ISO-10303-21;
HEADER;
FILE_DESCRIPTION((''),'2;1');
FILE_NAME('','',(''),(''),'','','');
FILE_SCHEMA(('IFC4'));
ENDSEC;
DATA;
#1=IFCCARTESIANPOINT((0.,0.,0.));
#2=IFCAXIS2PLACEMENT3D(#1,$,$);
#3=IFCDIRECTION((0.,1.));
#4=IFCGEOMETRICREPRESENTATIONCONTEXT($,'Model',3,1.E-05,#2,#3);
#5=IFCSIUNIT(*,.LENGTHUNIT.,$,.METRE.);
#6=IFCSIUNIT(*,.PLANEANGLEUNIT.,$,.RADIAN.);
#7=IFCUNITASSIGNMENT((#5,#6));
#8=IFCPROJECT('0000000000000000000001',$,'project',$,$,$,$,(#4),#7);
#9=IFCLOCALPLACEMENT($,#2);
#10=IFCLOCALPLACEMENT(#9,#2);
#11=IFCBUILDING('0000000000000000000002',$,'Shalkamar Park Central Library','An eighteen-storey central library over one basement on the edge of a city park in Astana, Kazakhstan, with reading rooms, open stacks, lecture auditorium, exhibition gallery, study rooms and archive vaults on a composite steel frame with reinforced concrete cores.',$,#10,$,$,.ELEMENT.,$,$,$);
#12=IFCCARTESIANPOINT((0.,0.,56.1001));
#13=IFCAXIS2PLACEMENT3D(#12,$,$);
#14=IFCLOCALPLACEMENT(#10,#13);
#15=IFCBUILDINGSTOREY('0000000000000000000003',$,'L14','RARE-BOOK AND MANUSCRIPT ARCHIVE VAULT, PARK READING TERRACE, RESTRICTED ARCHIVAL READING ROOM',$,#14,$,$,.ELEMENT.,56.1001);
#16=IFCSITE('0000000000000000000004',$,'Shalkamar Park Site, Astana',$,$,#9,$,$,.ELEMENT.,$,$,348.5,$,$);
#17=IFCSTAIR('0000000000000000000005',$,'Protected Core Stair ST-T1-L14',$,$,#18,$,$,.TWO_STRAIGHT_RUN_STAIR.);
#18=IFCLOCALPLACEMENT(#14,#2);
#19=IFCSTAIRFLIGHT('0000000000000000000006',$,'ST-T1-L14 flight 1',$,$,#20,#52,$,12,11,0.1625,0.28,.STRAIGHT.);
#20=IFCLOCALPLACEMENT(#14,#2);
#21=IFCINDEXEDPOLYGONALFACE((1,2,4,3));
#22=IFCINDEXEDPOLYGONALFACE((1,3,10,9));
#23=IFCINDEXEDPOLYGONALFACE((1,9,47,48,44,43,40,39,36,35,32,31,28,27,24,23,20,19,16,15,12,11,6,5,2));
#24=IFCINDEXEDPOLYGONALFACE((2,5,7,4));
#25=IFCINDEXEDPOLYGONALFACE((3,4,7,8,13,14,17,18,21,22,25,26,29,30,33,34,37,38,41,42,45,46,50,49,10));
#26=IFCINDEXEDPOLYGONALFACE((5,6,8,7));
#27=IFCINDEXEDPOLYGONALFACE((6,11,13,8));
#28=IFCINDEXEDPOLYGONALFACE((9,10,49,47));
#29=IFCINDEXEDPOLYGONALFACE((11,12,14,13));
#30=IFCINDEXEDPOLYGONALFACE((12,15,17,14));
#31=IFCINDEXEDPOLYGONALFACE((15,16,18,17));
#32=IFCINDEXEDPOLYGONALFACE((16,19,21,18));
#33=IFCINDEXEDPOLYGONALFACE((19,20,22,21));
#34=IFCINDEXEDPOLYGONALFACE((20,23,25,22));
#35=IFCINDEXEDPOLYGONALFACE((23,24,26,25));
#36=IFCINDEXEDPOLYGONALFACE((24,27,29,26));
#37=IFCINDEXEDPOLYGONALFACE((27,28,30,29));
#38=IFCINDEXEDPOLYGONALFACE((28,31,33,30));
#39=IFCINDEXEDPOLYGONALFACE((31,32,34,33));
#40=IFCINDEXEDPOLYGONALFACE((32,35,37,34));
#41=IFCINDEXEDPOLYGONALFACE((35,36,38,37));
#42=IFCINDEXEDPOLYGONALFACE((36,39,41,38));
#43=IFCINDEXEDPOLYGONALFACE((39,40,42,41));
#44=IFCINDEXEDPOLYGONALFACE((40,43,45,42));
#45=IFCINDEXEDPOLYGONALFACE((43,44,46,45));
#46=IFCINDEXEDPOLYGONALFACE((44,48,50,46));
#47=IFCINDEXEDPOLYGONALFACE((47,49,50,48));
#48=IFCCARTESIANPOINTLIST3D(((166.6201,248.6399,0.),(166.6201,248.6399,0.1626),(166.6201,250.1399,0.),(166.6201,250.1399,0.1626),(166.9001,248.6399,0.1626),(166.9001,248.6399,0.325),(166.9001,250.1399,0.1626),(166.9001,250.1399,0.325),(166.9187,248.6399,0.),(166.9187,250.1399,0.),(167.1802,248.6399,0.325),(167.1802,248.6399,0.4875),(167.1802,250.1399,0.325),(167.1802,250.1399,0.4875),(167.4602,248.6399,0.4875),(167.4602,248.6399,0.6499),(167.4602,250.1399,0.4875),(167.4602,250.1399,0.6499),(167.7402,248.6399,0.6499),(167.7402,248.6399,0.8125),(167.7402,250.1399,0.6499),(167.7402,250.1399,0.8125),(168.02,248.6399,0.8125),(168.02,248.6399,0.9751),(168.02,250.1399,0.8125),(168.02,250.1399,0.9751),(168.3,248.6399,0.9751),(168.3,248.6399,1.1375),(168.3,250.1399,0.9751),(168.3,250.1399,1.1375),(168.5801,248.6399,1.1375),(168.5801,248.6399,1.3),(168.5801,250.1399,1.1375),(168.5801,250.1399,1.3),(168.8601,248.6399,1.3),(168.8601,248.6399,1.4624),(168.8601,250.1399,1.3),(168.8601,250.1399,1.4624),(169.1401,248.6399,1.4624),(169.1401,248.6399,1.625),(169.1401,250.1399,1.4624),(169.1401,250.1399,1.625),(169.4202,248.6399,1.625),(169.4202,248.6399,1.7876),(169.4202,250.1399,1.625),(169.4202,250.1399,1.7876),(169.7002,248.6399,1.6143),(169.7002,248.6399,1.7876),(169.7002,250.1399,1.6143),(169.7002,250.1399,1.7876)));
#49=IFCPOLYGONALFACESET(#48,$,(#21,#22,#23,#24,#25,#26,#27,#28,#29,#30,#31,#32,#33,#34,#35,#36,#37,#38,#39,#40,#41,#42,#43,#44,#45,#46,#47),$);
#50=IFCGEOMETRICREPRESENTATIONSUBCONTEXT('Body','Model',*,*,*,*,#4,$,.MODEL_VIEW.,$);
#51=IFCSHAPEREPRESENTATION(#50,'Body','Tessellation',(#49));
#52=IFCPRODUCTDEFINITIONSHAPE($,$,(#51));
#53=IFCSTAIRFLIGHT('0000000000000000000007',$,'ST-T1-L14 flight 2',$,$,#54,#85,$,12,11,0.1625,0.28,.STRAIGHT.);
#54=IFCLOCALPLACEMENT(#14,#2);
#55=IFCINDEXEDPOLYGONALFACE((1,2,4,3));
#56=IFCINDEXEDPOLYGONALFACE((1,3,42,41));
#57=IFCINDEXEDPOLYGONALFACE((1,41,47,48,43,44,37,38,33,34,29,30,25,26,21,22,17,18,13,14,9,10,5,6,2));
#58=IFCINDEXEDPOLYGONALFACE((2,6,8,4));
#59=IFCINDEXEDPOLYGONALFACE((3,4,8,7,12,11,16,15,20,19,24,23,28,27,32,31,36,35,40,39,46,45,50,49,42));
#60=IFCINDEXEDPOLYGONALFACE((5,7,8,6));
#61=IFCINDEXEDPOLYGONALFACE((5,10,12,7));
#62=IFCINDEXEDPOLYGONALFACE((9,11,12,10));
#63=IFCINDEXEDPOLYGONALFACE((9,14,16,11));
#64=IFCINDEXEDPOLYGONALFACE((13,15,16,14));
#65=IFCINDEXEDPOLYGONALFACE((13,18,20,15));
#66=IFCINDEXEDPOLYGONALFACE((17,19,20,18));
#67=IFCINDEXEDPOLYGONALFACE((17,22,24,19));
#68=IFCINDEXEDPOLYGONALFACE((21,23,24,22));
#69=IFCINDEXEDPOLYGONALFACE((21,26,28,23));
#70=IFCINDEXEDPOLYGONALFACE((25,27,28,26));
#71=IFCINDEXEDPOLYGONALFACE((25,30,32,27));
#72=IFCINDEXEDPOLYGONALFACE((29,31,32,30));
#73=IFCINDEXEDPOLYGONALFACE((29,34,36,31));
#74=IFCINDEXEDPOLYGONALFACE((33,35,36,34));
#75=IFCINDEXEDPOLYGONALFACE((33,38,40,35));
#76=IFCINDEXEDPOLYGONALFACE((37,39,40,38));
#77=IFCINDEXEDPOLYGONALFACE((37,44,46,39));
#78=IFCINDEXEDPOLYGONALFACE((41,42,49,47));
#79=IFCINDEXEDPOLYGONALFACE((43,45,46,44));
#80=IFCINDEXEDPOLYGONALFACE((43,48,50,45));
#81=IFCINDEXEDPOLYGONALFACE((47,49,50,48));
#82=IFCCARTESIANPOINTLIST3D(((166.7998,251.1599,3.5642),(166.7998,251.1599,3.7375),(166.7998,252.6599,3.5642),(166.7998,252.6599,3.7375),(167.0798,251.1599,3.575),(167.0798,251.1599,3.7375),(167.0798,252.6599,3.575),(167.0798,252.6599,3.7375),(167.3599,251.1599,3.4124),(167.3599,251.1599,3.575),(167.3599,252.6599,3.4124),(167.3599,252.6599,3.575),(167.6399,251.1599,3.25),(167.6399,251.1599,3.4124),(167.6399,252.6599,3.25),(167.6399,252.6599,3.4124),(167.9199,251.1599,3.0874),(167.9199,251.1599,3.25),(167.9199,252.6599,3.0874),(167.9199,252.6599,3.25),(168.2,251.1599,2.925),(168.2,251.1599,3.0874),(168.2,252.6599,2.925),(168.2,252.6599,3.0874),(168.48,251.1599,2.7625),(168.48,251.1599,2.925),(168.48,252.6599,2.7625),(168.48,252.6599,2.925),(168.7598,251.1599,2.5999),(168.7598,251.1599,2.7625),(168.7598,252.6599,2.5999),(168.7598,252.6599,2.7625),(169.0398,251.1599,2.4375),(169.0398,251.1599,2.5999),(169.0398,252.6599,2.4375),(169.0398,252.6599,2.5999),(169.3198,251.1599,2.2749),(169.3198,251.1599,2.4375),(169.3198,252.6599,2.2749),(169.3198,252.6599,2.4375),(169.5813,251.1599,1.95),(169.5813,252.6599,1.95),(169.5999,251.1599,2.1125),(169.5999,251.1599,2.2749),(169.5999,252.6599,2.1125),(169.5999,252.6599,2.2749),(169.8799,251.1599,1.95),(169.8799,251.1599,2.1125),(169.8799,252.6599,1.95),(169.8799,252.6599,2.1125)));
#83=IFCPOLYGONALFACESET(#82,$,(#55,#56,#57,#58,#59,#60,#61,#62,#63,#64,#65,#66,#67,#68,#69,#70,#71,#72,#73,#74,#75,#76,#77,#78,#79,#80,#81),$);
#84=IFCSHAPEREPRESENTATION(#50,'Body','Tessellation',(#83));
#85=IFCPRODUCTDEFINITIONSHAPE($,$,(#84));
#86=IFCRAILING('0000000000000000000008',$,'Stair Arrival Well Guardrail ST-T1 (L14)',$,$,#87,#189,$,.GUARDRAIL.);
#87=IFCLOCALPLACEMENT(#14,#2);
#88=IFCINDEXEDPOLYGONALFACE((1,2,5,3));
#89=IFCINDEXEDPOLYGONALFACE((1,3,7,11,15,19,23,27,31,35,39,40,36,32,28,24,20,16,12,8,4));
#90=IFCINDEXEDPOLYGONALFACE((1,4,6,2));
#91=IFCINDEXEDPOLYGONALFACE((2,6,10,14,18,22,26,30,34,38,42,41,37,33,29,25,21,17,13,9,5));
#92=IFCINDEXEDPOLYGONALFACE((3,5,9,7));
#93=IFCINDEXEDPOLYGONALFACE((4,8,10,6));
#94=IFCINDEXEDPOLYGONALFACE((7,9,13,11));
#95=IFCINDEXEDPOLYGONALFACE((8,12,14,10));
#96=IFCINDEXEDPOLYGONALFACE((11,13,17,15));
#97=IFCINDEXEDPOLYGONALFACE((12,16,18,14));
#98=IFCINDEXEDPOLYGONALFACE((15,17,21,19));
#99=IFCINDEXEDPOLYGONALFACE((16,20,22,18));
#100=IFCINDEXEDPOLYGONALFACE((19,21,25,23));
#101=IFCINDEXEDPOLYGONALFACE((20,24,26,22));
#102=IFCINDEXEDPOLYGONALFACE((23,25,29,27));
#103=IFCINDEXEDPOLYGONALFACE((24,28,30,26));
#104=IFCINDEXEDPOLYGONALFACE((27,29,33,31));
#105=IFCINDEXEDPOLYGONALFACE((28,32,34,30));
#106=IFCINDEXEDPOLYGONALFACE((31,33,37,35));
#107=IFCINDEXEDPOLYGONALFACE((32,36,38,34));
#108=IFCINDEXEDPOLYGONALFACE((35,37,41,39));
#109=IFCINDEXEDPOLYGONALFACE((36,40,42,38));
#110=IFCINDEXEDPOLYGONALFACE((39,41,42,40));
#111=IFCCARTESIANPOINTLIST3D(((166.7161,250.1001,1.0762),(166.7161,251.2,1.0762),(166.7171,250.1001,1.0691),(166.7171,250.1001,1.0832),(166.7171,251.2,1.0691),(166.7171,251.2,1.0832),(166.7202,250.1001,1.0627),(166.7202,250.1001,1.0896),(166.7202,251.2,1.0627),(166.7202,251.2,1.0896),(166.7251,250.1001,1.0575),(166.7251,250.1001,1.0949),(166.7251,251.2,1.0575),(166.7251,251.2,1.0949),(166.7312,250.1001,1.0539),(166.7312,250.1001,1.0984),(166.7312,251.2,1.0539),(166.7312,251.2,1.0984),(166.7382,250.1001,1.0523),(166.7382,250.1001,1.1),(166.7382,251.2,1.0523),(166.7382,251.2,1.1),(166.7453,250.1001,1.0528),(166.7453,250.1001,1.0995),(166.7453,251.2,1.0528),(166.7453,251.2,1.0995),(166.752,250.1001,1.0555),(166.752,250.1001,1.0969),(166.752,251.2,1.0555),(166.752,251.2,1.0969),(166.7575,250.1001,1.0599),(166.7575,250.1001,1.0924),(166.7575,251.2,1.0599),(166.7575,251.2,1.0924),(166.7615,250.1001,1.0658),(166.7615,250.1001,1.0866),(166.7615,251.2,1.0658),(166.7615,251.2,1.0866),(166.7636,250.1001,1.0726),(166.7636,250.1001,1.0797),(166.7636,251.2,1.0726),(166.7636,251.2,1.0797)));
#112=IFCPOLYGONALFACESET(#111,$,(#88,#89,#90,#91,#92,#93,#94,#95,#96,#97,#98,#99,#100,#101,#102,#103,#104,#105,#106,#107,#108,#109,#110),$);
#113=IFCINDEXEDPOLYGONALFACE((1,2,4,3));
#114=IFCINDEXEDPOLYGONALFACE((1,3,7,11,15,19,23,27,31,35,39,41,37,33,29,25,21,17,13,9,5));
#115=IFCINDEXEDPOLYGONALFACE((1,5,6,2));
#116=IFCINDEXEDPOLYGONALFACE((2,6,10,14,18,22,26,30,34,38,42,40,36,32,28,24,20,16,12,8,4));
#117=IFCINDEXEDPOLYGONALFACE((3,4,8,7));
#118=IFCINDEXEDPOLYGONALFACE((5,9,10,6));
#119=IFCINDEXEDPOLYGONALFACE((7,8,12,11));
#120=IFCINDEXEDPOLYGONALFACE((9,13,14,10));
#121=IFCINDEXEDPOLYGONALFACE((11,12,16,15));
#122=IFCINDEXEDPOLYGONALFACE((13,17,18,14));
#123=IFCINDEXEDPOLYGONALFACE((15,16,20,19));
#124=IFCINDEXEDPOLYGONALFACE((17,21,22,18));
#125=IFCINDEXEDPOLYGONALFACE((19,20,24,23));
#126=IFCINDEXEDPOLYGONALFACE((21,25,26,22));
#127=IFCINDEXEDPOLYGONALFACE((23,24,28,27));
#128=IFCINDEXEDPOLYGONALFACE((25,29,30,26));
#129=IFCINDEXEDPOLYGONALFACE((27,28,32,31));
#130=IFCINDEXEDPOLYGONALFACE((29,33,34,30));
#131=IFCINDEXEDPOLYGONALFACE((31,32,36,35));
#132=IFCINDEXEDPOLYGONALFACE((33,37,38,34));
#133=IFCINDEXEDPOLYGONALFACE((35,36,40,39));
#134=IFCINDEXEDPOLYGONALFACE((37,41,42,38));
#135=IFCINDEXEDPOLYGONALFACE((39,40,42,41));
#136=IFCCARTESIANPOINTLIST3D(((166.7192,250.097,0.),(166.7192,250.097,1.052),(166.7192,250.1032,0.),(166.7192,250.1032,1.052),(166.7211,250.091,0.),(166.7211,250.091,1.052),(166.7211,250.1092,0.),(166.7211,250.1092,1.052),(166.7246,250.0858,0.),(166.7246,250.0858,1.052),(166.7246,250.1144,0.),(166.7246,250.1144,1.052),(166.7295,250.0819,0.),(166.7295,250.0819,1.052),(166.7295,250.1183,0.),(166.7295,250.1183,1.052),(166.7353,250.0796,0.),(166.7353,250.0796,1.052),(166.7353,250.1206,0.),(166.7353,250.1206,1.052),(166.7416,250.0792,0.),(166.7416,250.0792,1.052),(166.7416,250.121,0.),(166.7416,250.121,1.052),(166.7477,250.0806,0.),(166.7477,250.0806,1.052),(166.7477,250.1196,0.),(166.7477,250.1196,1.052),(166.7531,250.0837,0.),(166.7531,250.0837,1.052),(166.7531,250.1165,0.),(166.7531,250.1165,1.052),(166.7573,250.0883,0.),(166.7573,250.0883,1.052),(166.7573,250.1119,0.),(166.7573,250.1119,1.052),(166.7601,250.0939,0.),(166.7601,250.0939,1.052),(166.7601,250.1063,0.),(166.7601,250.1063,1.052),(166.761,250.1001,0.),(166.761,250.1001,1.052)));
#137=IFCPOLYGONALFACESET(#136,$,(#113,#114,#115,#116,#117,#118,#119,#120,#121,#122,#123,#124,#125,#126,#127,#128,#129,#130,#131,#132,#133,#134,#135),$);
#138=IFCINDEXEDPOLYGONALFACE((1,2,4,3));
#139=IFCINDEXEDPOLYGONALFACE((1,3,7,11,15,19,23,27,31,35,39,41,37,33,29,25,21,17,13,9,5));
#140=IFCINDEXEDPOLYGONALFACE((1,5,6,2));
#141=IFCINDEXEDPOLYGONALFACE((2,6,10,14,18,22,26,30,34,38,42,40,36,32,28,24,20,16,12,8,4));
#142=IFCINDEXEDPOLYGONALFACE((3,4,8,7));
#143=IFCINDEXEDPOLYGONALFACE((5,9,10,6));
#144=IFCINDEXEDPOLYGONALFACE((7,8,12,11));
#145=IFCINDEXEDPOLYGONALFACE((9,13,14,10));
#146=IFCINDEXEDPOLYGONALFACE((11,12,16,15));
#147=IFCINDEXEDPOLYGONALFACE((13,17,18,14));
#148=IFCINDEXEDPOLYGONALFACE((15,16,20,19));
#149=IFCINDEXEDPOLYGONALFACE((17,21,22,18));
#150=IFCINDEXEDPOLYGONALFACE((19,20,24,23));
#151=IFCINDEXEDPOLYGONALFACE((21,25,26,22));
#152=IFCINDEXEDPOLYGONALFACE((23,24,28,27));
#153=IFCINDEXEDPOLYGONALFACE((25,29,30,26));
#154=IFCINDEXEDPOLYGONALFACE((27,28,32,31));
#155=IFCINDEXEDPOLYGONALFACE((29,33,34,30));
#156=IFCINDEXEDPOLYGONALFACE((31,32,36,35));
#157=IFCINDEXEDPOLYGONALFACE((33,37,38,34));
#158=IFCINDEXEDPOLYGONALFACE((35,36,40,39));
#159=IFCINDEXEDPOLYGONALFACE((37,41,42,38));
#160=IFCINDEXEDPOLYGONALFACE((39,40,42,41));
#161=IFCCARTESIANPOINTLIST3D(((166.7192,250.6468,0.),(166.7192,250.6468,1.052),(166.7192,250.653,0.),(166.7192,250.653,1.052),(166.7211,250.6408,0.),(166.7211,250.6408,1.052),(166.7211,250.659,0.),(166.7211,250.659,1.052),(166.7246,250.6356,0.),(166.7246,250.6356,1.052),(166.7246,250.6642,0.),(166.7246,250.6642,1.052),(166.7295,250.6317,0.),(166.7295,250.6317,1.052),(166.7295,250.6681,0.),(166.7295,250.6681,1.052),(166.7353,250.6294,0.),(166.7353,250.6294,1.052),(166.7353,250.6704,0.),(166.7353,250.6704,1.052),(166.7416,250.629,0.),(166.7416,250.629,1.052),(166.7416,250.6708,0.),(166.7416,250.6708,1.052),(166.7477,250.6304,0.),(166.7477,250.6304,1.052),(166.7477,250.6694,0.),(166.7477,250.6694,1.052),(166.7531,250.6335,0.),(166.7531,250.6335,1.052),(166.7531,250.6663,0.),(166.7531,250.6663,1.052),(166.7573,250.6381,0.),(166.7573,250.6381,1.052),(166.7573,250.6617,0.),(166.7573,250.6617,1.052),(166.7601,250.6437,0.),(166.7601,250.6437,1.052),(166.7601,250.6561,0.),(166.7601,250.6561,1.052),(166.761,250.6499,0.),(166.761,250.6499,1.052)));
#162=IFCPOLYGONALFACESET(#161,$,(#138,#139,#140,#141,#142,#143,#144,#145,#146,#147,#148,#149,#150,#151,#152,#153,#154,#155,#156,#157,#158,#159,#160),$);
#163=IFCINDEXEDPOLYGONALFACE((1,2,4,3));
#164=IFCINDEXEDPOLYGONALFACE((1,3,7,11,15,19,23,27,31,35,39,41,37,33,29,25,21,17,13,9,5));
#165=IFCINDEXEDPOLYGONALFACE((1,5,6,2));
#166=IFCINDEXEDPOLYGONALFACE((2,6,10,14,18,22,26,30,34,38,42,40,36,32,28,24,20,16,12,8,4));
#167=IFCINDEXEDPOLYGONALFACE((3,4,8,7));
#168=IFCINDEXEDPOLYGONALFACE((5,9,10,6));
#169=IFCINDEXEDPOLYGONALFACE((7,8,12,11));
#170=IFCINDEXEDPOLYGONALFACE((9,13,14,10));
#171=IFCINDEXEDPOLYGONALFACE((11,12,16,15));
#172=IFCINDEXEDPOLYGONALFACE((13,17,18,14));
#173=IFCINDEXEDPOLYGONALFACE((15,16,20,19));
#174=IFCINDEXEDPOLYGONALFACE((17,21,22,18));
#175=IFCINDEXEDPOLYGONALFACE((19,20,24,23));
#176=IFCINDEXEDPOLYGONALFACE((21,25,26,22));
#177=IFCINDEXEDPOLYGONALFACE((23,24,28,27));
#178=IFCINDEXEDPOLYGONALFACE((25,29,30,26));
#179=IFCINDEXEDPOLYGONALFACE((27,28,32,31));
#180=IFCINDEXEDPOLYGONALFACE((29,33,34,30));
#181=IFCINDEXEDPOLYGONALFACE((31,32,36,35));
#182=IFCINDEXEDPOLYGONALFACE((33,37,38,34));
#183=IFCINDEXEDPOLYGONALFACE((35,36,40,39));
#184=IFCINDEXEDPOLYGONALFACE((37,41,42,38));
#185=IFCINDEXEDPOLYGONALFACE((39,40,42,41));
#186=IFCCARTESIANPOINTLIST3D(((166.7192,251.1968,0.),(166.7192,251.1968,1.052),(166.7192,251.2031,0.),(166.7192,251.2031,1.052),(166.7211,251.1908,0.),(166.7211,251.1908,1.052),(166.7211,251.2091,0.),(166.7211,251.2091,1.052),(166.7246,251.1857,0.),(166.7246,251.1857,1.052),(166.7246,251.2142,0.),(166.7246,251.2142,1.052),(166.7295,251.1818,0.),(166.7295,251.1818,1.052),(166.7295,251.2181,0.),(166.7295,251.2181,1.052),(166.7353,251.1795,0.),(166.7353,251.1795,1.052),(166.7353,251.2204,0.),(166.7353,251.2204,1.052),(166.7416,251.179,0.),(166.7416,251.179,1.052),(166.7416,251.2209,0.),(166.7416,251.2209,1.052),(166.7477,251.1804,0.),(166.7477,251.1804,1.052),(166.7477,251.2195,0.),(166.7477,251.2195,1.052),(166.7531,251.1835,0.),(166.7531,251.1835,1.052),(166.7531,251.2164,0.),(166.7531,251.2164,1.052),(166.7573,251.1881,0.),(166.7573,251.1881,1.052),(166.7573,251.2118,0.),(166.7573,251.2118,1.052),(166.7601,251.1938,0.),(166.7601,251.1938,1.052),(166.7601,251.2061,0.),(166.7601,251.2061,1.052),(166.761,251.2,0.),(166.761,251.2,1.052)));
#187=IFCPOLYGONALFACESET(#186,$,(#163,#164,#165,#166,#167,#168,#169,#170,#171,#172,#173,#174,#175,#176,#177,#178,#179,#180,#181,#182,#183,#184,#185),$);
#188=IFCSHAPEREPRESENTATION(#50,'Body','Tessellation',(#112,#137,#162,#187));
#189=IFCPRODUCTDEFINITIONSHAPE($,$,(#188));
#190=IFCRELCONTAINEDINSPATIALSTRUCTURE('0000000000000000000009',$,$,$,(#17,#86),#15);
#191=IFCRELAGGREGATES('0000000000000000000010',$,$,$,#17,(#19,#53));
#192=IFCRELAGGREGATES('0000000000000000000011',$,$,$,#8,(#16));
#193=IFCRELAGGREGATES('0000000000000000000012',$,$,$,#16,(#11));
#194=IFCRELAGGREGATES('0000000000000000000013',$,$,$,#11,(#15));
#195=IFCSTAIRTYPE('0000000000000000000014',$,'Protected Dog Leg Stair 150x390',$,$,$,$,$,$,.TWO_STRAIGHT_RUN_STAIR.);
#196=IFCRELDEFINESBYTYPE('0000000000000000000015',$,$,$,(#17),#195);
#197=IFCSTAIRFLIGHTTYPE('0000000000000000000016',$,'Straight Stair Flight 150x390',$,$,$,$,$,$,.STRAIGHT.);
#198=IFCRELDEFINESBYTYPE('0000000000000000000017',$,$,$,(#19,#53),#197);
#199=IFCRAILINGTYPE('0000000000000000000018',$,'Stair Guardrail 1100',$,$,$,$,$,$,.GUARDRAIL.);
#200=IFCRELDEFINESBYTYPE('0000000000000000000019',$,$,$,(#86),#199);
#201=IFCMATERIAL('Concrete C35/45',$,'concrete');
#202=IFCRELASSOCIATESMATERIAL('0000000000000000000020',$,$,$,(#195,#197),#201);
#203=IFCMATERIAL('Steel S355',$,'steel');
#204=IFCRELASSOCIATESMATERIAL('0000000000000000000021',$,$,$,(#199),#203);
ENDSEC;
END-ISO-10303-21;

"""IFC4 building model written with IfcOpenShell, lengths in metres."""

from ifc_helpers import new_model, si_unit, direction, frame, origin, origin_2d, place, context, subcontext, project, spatial, polyline, circle, outline, extrude, material, type_object, element, aggregate, save


model = new_model("IFC4")

# Units and contexts
model_context = context("Model", 3, precision=1e-05, world=origin(), true_north=direction((0.0, 1.0)))
body_context = subcontext(model_context, "Body", "Model", "MODEL_VIEW")
ifc_project = project(units=[si_unit("LENGTHUNIT", "METRE"), si_unit("PLANEANGLEUNIT", "RADIAN")], contexts=[model_context])

# Site, building, storey
site_placement = place(None, origin())
site = spatial("IfcSite", under=ifc_project, at=site_placement, Name="Shalkamar Park Site, Astana", CompositionType="ELEMENT", RefElevation=348.5)
building_placement = place(site_placement, origin())
building = spatial("IfcBuilding", under=site, at=building_placement, Name="Shalkamar Park Central Library", Description="An eighteen-storey central library over one basement on the edge of a city park in Astana, Kazakhstan, with reading rooms, open stacks, lecture auditorium, exhibition gallery, study rooms and archive vaults on a composite steel frame with reinforced concrete cores.", CompositionType="ELEMENT")
storey_placement = place(building_placement, frame((0.0, 0.0, 56.1001)))
storey = spatial("IfcBuildingStorey", under=building, at=storey_placement, Name="L14", Description="RARE-BOOK AND MANUSCRIPT ARCHIVE VAULT, PARK READING TERRACE, RESTRICTED ARCHIVAL READING ROOM", CompositionType="ELEMENT", Elevation=56.1001)

# Shared definitions
ifc_material_1 = material(Name="Steel S355", Category="steel")

# Stair, stair flights
ifc_material_2 = material(Name="Concrete C35/45", Category="concrete")
stair_type = type_object("IfcStairType", Name="Protected Dog Leg Stair 150x390", PredefinedType="TWO_STRAIGHT_RUN_STAIR", material=ifc_material_2)
stair_placement = place(storey_placement, origin())
stair = element("IfcStair", 1, at=stair_placement, inside=storey, type_object=stair_type, Name="Protected Core Stair ST-T1-L14", PredefinedType="TWO_STRAIGHT_RUN_STAIR")
stair_flight_type = type_object("IfcStairFlightType", Name="Straight Stair Flight 150x390", PredefinedType="STRAIGHT", material=ifc_material_2)
stair_flight_1_placement = place(storey_placement, frame((166.6201, 249.3899, 0.0), z_axis=(0.0, 0.0, 1.0), x_axis=(1.0, 0.0, 0.0)))
stair_flight_1 = element("IfcStairFlight", 2, at=stair_flight_1_placement, type_object=stair_flight_type, Name="ST-T1-L14 flight 1", NumberOfRisers=12, NumberOfTreads=11, PredefinedType="STRAIGHT", RiserHeight=0.1625, TreadLength=0.28, context=body_context, shape_type="SweptSolid", body=[
    extrude(outline(polyline([(0.0, 0.0), (0.0, 0.1626), (0.28, 0.1626), (0.28, 0.325), (0.5601, 0.325), (0.5601, 0.4875), (0.8401, 0.4875), (0.8401, 0.6499), (1.1201, 0.6499), (1.1201, 0.8125), (1.3999, 0.8125), (1.3999, 0.9751), (1.6799, 0.9751), (1.6799, 1.1375), (1.96, 1.1375), (1.96, 1.3), (2.24, 1.3), (2.24, 1.4624), (2.52, 1.4624), (2.52, 1.625), (2.8, 1.625), (2.8, 1.7876), (3.0801, 1.7876), (3.0801, 1.95), (3.0801, 1.6143), (0.2986, 0.0), (0.0, 0.0)])), frame((0.0, 0.75, 0.0), z_axis=(0.0, -1.0, 0.0), x_axis=(1.0, 0.0, 0.0)), (0.0, 0.0, 1.0), 1.5),
])
stair_flight_2_placement = place(storey_placement, frame((169.8799, 251.9099, 1.95), z_axis=(0.0, 0.0, 1.0), x_axis=(-1.0, 0.0, 0.0)))
stair_flight_2 = element("IfcStairFlight", 3, at=stair_flight_2_placement, type_object=stair_flight_type, Name="ST-T1-L14 flight 2", NumberOfRisers=12, NumberOfTreads=11, PredefinedType="STRAIGHT", RiserHeight=0.1625, TreadLength=0.28, context=body_context, shape_type="SweptSolid", body=[
    extrude(outline(polyline([(0.0, 0.0), (0.0, 0.1626), (0.28, 0.1626), (0.28, 0.325), (0.5601, 0.325), (0.5601, 0.4875), (0.8401, 0.4875), (0.8401, 0.6499), (1.1201, 0.6499), (1.1201, 0.8125), (1.3999, 0.8125), (1.3999, 0.9751), (1.6799, 0.9751), (1.6799, 1.1375), (1.96, 1.1375), (1.96, 1.3), (2.24, 1.3), (2.24, 1.4624), (2.52, 1.4624), (2.52, 1.625), (2.8, 1.625), (2.8, 1.7876), (3.0801, 1.7876), (3.0801, 1.95), (3.0801, 1.6143), (0.2986, 0.0), (0.0, 0.0)])), frame((0.0, 0.75, 0.0), z_axis=(0.0, -1.0, 0.0), x_axis=(1.0, 0.0, 0.0)), (0.0, 0.0, 1.0), 1.5),
])
aggregate(stair, [stair_flight_1, stair_flight_2])

# Railing
railing_type_1 = type_object("IfcRailingType", Name="Stair Guardrail 1100", PredefinedType="GUARDRAIL", material=ifc_material_1)
railing_1_placement = place(storey_placement, frame((166.74, 250.1001, 0.0)))
element("IfcRailing", 4, at=railing_1_placement, inside=storey, type_object=railing_type_1, Name="Stair Arrival Well Guardrail ST-T1 (L14)", PredefinedType="GUARDRAIL", context=body_context, shape_type="SweptSolid", body=[
    extrude(circle(Radius=0.0239, at=origin_2d()), frame((0.0, 0.0, 1.0762), z_axis=(0.0, 1.0, 0.0), x_axis=(-1.0, 0.0, 0.0)), (0.0, 0.0, 1.0), 1.0999),
    extrude(circle(Radius=0.021, at=origin_2d()), origin(), (0.0, 0.0, 1.0), 1.052),
    extrude(circle(Radius=0.021, at=origin_2d()), frame((0.0, 0.5498, 0.0)), (0.0, 0.0, 1.0), 1.052),
    extrude(circle(Radius=0.021, at=origin_2d()), frame((0.0, 1.0999, 0.0)), (0.0, 0.0, 1.0), 1.052),
])

save(model, "model.ifc")
